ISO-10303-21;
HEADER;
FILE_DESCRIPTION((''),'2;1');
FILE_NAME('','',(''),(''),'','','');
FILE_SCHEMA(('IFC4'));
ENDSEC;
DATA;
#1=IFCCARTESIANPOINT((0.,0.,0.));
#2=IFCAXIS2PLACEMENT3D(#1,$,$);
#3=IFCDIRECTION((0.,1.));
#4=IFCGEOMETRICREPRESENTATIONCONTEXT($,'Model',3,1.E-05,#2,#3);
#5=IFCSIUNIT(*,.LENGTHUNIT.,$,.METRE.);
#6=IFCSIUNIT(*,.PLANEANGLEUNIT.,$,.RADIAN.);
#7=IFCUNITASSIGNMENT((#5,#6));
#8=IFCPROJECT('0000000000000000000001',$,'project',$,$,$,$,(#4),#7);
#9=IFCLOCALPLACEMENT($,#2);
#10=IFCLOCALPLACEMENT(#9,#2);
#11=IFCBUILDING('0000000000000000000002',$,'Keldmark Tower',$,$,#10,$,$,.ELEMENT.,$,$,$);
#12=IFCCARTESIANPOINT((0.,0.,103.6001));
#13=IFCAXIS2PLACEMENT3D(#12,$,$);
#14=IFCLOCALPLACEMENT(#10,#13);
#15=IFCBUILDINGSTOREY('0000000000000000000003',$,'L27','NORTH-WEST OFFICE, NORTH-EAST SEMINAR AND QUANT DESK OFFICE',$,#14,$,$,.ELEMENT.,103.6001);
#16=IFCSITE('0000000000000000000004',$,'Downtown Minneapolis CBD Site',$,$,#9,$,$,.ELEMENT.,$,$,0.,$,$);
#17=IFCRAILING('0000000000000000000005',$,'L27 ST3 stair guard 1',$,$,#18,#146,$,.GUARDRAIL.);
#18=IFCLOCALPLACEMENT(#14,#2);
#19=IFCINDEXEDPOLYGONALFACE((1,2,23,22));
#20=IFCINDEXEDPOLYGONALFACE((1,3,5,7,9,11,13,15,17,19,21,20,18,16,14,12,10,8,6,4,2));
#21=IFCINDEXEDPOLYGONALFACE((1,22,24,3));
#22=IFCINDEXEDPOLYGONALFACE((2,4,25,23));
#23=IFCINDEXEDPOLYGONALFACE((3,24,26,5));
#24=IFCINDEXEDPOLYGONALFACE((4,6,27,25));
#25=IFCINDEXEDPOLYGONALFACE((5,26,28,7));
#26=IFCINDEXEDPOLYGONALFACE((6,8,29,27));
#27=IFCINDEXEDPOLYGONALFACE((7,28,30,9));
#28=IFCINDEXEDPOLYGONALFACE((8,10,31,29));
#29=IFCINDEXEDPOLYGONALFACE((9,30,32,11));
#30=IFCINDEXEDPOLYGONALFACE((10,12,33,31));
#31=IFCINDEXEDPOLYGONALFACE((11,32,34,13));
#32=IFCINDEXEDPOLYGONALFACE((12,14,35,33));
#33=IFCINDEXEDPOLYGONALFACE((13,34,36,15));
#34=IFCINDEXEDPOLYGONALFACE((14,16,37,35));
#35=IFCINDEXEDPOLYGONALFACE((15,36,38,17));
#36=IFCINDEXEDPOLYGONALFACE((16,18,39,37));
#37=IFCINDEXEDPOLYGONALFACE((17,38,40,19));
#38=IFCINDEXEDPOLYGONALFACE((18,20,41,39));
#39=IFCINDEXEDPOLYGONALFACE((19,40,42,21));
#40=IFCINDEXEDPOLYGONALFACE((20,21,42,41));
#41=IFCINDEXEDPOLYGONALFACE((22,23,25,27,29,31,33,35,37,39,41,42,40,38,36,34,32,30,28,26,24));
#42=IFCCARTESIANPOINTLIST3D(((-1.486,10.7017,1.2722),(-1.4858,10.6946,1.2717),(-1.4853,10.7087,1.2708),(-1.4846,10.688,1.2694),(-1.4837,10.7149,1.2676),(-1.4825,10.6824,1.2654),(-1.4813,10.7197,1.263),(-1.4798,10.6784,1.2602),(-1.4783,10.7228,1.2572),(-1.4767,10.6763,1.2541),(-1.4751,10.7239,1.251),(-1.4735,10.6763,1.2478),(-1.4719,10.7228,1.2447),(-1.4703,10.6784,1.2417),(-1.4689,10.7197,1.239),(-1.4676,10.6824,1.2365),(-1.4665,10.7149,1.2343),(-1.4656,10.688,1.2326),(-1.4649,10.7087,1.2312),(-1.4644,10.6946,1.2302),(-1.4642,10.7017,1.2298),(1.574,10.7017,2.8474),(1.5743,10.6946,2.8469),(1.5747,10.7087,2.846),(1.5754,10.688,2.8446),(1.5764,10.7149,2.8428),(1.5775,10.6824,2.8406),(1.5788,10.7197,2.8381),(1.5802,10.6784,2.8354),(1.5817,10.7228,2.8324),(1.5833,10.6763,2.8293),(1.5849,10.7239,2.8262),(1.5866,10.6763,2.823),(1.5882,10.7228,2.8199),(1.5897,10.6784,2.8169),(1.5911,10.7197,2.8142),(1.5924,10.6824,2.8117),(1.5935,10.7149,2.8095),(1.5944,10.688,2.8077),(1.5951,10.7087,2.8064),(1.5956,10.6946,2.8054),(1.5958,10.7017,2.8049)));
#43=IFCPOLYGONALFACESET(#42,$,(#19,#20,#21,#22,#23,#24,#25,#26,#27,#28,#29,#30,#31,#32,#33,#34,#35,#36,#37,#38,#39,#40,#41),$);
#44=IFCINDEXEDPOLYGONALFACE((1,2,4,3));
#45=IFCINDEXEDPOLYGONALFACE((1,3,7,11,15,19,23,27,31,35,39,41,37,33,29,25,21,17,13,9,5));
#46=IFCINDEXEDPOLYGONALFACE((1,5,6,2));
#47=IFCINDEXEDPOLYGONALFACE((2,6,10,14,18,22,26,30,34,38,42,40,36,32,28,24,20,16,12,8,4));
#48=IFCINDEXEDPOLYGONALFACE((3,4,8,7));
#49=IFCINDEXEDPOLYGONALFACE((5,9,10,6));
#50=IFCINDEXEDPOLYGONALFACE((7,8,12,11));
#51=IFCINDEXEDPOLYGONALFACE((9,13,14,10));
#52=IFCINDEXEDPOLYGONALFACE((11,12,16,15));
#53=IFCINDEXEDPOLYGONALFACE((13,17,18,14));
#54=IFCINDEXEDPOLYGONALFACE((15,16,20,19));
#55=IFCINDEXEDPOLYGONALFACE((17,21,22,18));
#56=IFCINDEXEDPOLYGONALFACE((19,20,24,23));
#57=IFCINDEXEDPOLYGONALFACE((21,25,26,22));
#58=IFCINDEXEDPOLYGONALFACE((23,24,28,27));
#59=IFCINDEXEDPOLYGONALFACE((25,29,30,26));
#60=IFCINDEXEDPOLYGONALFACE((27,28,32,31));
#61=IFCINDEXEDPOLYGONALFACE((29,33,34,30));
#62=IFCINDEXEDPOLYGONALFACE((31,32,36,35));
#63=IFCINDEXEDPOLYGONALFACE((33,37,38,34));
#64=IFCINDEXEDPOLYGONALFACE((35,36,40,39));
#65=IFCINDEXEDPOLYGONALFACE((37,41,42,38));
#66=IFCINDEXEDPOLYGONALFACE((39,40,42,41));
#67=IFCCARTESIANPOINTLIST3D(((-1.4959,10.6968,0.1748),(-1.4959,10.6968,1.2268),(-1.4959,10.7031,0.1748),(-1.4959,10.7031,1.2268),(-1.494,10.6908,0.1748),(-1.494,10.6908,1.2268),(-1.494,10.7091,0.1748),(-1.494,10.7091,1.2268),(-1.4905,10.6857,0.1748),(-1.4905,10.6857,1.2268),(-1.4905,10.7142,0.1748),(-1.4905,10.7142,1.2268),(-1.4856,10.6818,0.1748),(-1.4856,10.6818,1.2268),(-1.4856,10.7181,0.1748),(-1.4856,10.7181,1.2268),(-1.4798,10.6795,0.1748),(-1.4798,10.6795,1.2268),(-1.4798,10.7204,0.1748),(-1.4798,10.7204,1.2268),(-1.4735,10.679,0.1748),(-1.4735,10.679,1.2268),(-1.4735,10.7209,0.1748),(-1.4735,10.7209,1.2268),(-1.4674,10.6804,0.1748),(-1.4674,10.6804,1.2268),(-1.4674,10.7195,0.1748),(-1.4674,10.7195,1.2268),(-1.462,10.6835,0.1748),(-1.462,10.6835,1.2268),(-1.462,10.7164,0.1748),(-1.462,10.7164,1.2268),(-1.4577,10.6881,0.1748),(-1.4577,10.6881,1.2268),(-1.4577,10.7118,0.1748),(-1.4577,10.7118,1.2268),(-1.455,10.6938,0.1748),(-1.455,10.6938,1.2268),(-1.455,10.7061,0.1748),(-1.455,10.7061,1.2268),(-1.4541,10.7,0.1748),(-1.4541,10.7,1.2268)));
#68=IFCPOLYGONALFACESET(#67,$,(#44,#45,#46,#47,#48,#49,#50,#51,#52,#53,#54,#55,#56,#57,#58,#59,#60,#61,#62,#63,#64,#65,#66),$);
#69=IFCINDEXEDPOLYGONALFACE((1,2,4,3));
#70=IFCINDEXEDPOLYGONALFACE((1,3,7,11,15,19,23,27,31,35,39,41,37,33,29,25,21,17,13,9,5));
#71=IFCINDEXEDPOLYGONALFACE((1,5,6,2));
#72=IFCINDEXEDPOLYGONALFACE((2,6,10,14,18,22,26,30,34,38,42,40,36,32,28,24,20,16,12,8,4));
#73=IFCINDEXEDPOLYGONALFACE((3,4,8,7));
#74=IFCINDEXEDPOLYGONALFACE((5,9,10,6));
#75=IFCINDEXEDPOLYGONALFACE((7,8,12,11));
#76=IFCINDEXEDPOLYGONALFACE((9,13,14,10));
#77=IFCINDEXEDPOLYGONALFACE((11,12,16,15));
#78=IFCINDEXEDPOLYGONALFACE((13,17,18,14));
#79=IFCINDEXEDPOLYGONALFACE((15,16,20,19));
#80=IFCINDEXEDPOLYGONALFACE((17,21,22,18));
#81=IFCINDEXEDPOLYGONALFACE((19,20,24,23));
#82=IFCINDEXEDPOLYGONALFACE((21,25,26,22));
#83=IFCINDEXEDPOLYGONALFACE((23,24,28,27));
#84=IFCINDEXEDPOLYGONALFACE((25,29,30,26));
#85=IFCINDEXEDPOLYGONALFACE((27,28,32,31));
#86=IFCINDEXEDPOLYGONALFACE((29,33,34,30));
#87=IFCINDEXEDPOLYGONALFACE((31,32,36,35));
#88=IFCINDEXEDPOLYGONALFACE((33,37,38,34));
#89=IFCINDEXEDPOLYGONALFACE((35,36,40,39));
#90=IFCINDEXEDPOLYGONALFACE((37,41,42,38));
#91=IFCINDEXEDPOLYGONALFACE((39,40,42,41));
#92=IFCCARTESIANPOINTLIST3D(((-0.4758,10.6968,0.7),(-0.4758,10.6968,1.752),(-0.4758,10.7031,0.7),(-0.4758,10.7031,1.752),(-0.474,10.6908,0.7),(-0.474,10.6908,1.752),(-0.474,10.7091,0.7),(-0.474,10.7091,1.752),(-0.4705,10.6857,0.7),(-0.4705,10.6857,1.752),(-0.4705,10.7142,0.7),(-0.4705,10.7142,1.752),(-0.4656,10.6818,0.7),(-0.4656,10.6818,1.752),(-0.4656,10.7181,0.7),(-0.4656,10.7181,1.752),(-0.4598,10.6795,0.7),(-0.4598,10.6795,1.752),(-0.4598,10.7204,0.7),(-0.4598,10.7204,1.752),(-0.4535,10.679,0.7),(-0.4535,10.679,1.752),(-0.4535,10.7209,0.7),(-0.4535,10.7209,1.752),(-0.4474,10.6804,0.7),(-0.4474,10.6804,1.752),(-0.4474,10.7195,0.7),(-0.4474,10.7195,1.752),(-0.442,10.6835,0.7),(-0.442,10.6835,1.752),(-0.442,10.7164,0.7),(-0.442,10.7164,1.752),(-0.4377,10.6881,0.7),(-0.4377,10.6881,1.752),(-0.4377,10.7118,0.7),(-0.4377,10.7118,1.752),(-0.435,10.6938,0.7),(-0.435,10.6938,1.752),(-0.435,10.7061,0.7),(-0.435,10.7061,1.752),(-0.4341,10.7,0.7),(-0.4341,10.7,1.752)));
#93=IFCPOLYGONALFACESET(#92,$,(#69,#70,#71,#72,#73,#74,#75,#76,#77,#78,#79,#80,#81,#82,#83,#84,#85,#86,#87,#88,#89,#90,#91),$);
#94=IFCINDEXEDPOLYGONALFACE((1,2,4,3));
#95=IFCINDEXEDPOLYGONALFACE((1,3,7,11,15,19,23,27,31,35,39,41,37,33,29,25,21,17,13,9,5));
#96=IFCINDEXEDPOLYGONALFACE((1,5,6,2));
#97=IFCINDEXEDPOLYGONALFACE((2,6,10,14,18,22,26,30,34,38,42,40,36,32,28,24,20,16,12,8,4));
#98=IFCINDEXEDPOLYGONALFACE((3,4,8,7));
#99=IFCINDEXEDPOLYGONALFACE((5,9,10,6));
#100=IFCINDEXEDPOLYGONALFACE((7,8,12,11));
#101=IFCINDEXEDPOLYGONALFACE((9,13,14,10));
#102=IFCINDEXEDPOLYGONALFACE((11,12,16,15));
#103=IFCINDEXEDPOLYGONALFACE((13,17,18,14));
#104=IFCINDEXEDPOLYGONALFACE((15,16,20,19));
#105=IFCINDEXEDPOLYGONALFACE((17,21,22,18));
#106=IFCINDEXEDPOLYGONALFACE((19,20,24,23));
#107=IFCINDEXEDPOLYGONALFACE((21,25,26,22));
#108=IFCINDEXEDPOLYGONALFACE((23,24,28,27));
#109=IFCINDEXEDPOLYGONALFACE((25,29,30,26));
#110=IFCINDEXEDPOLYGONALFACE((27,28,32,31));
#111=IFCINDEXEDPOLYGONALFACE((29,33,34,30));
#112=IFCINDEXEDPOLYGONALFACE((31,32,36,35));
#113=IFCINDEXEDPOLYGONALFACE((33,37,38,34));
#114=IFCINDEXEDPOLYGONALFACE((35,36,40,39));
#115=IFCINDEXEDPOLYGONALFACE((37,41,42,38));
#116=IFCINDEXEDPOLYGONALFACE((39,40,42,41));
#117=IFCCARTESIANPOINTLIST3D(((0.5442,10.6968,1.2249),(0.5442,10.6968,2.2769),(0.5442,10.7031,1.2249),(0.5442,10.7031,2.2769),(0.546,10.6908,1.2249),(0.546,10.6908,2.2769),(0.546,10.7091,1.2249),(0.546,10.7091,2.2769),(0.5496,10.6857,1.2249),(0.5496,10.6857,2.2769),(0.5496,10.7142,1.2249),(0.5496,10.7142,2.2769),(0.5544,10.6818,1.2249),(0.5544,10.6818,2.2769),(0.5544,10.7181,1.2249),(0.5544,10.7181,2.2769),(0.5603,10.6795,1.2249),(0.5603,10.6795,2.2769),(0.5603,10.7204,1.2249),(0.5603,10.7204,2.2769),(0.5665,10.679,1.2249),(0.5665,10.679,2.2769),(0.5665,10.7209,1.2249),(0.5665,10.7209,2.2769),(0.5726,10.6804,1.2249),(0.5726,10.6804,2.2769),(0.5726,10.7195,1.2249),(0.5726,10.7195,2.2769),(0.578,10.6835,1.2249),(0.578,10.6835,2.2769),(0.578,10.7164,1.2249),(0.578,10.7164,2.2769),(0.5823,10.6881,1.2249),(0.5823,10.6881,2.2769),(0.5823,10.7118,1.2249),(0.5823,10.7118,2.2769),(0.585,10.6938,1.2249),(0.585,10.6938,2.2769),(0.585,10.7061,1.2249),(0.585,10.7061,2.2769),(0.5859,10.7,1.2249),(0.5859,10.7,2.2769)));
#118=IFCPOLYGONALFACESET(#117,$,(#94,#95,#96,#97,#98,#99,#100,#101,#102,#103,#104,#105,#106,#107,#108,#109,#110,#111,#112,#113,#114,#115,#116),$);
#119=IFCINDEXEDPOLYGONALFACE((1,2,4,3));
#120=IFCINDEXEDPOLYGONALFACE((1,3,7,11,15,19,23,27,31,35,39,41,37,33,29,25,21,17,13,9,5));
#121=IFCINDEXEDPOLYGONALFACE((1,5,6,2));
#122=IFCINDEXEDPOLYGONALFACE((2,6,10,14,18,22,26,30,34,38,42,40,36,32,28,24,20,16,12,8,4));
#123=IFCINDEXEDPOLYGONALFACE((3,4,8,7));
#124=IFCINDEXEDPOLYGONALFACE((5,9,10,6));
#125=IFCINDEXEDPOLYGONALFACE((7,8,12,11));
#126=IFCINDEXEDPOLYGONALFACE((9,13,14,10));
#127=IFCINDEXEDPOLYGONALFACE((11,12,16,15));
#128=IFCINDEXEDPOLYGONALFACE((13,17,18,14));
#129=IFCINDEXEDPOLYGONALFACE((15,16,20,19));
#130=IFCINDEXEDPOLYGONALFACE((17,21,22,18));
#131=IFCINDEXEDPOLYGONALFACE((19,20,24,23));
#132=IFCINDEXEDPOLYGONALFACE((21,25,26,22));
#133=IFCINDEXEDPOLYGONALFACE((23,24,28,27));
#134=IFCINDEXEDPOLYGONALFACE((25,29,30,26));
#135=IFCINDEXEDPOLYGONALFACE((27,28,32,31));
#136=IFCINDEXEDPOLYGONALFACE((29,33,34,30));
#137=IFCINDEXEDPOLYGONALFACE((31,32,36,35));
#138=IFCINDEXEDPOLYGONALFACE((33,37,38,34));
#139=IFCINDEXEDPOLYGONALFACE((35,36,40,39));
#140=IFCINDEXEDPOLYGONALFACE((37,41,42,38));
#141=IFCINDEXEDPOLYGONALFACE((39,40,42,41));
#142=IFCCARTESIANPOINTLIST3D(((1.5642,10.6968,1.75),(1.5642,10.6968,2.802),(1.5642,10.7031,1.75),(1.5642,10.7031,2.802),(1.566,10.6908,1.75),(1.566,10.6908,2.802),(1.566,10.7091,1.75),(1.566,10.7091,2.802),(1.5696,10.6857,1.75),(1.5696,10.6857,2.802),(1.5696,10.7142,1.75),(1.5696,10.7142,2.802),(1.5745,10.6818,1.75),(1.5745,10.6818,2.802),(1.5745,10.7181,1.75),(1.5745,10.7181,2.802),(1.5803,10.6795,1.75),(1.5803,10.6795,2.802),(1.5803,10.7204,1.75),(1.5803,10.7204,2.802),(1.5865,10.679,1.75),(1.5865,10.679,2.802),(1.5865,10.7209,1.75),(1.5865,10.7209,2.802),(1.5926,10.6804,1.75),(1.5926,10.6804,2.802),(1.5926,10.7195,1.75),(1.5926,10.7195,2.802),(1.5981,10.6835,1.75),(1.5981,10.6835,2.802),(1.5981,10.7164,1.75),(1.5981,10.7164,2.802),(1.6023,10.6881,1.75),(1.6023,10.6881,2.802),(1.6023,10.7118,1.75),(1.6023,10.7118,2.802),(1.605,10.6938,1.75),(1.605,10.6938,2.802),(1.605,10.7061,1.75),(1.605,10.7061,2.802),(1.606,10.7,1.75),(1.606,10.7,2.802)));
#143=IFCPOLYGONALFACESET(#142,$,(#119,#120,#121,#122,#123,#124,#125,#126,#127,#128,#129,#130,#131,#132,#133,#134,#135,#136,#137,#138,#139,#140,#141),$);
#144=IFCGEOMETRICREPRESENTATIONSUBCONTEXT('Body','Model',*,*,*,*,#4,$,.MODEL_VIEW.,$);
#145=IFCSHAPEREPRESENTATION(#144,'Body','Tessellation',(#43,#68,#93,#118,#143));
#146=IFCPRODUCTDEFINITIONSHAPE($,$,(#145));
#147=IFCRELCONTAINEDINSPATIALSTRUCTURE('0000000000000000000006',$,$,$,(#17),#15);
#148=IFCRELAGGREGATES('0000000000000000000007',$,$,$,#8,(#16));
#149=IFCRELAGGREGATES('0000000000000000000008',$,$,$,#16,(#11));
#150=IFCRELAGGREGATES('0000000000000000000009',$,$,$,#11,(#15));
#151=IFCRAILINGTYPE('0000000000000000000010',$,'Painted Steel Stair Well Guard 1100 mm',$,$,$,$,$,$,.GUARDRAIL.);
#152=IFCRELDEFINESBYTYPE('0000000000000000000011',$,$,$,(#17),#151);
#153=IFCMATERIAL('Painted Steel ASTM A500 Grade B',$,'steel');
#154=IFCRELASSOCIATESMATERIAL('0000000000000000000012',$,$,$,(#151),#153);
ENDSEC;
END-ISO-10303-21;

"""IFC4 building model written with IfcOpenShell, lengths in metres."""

from ifc_helpers import new_model, si_unit, direction, frame, origin, origin_2d, place, context, subcontext, project, spatial, circle, extrude, material, type_object, element, save


model = new_model("IFC4")

# Units and contexts
model_context = context("Model", 3, precision=1e-05, world=origin(), true_north=direction((0.0, 1.0)))
body_context = subcontext(model_context, "Body", "Model", "MODEL_VIEW")
ifc_project = project(units=[si_unit("LENGTHUNIT", "METRE"), si_unit("PLANEANGLEUNIT", "RADIAN")], contexts=[model_context])

# Site, building, storey
site_placement = place(None, origin())
site = spatial("IfcSite", under=ifc_project, at=site_placement, Name="Downtown Minneapolis CBD Site", CompositionType="ELEMENT", RefElevation=0.0)
building_placement = place(site_placement, origin())
building = spatial("IfcBuilding", under=site, at=building_placement, Name="Keldmark Tower", CompositionType="ELEMENT")
storey_placement = place(building_placement, frame((0.0, 0.0, 103.6001)))
storey = spatial("IfcBuildingStorey", under=building, at=storey_placement, Name="L27", Description="NORTH-WEST OFFICE, NORTH-EAST SEMINAR AND QUANT DESK OFFICE", CompositionType="ELEMENT", Elevation=103.6001)

# Railing
ifc_material_1 = material(Name="Painted Steel ASTM A500 Grade B", Category="steel")
railing_type_1 = type_object("IfcRailingType", Name="Painted Steel Stair Well Guard 1100 mm", PredefinedType="GUARDRAIL", material=ifc_material_1)
railing_1_placement = place(storey_placement, frame((-1.4751, 10.7, 0.1748)))
element("IfcRailing", 1, at=railing_1_placement, inside=storey, type_object=railing_type_1, Name="L27 ST3 stair guard 1", PredefinedType="GUARDRAIL", context=body_context, shape_type="SweptSolid", body=[
    extrude(circle(Radius=0.0239, at=origin_2d()), frame((0.0, 0.0, 1.0762), z_axis=(0.889116, 0.0, 0.457681), x_axis=(0.0, 1.0, 0.0)), (0.0, 0.0, 1.0), 3.4417),
    extrude(circle(Radius=0.021, at=origin_2d()), origin(), (0.0, 0.0, 1.0), 1.052),
    extrude(circle(Radius=0.021, at=origin_2d()), frame((1.02, 0.0, 0.5251)), (0.0, 0.0, 1.0), 1.052),
    extrude(circle(Radius=0.021, at=origin_2d()), frame((2.04, 0.0, 1.05)), (0.0, 0.0, 1.0), 1.052),
    extrude(circle(Radius=0.021, at=origin_2d()), frame((3.0601, 0.0, 1.5752)), (0.0, 0.0, 1.0), 1.052),
])

save(model, "model.ifc")
